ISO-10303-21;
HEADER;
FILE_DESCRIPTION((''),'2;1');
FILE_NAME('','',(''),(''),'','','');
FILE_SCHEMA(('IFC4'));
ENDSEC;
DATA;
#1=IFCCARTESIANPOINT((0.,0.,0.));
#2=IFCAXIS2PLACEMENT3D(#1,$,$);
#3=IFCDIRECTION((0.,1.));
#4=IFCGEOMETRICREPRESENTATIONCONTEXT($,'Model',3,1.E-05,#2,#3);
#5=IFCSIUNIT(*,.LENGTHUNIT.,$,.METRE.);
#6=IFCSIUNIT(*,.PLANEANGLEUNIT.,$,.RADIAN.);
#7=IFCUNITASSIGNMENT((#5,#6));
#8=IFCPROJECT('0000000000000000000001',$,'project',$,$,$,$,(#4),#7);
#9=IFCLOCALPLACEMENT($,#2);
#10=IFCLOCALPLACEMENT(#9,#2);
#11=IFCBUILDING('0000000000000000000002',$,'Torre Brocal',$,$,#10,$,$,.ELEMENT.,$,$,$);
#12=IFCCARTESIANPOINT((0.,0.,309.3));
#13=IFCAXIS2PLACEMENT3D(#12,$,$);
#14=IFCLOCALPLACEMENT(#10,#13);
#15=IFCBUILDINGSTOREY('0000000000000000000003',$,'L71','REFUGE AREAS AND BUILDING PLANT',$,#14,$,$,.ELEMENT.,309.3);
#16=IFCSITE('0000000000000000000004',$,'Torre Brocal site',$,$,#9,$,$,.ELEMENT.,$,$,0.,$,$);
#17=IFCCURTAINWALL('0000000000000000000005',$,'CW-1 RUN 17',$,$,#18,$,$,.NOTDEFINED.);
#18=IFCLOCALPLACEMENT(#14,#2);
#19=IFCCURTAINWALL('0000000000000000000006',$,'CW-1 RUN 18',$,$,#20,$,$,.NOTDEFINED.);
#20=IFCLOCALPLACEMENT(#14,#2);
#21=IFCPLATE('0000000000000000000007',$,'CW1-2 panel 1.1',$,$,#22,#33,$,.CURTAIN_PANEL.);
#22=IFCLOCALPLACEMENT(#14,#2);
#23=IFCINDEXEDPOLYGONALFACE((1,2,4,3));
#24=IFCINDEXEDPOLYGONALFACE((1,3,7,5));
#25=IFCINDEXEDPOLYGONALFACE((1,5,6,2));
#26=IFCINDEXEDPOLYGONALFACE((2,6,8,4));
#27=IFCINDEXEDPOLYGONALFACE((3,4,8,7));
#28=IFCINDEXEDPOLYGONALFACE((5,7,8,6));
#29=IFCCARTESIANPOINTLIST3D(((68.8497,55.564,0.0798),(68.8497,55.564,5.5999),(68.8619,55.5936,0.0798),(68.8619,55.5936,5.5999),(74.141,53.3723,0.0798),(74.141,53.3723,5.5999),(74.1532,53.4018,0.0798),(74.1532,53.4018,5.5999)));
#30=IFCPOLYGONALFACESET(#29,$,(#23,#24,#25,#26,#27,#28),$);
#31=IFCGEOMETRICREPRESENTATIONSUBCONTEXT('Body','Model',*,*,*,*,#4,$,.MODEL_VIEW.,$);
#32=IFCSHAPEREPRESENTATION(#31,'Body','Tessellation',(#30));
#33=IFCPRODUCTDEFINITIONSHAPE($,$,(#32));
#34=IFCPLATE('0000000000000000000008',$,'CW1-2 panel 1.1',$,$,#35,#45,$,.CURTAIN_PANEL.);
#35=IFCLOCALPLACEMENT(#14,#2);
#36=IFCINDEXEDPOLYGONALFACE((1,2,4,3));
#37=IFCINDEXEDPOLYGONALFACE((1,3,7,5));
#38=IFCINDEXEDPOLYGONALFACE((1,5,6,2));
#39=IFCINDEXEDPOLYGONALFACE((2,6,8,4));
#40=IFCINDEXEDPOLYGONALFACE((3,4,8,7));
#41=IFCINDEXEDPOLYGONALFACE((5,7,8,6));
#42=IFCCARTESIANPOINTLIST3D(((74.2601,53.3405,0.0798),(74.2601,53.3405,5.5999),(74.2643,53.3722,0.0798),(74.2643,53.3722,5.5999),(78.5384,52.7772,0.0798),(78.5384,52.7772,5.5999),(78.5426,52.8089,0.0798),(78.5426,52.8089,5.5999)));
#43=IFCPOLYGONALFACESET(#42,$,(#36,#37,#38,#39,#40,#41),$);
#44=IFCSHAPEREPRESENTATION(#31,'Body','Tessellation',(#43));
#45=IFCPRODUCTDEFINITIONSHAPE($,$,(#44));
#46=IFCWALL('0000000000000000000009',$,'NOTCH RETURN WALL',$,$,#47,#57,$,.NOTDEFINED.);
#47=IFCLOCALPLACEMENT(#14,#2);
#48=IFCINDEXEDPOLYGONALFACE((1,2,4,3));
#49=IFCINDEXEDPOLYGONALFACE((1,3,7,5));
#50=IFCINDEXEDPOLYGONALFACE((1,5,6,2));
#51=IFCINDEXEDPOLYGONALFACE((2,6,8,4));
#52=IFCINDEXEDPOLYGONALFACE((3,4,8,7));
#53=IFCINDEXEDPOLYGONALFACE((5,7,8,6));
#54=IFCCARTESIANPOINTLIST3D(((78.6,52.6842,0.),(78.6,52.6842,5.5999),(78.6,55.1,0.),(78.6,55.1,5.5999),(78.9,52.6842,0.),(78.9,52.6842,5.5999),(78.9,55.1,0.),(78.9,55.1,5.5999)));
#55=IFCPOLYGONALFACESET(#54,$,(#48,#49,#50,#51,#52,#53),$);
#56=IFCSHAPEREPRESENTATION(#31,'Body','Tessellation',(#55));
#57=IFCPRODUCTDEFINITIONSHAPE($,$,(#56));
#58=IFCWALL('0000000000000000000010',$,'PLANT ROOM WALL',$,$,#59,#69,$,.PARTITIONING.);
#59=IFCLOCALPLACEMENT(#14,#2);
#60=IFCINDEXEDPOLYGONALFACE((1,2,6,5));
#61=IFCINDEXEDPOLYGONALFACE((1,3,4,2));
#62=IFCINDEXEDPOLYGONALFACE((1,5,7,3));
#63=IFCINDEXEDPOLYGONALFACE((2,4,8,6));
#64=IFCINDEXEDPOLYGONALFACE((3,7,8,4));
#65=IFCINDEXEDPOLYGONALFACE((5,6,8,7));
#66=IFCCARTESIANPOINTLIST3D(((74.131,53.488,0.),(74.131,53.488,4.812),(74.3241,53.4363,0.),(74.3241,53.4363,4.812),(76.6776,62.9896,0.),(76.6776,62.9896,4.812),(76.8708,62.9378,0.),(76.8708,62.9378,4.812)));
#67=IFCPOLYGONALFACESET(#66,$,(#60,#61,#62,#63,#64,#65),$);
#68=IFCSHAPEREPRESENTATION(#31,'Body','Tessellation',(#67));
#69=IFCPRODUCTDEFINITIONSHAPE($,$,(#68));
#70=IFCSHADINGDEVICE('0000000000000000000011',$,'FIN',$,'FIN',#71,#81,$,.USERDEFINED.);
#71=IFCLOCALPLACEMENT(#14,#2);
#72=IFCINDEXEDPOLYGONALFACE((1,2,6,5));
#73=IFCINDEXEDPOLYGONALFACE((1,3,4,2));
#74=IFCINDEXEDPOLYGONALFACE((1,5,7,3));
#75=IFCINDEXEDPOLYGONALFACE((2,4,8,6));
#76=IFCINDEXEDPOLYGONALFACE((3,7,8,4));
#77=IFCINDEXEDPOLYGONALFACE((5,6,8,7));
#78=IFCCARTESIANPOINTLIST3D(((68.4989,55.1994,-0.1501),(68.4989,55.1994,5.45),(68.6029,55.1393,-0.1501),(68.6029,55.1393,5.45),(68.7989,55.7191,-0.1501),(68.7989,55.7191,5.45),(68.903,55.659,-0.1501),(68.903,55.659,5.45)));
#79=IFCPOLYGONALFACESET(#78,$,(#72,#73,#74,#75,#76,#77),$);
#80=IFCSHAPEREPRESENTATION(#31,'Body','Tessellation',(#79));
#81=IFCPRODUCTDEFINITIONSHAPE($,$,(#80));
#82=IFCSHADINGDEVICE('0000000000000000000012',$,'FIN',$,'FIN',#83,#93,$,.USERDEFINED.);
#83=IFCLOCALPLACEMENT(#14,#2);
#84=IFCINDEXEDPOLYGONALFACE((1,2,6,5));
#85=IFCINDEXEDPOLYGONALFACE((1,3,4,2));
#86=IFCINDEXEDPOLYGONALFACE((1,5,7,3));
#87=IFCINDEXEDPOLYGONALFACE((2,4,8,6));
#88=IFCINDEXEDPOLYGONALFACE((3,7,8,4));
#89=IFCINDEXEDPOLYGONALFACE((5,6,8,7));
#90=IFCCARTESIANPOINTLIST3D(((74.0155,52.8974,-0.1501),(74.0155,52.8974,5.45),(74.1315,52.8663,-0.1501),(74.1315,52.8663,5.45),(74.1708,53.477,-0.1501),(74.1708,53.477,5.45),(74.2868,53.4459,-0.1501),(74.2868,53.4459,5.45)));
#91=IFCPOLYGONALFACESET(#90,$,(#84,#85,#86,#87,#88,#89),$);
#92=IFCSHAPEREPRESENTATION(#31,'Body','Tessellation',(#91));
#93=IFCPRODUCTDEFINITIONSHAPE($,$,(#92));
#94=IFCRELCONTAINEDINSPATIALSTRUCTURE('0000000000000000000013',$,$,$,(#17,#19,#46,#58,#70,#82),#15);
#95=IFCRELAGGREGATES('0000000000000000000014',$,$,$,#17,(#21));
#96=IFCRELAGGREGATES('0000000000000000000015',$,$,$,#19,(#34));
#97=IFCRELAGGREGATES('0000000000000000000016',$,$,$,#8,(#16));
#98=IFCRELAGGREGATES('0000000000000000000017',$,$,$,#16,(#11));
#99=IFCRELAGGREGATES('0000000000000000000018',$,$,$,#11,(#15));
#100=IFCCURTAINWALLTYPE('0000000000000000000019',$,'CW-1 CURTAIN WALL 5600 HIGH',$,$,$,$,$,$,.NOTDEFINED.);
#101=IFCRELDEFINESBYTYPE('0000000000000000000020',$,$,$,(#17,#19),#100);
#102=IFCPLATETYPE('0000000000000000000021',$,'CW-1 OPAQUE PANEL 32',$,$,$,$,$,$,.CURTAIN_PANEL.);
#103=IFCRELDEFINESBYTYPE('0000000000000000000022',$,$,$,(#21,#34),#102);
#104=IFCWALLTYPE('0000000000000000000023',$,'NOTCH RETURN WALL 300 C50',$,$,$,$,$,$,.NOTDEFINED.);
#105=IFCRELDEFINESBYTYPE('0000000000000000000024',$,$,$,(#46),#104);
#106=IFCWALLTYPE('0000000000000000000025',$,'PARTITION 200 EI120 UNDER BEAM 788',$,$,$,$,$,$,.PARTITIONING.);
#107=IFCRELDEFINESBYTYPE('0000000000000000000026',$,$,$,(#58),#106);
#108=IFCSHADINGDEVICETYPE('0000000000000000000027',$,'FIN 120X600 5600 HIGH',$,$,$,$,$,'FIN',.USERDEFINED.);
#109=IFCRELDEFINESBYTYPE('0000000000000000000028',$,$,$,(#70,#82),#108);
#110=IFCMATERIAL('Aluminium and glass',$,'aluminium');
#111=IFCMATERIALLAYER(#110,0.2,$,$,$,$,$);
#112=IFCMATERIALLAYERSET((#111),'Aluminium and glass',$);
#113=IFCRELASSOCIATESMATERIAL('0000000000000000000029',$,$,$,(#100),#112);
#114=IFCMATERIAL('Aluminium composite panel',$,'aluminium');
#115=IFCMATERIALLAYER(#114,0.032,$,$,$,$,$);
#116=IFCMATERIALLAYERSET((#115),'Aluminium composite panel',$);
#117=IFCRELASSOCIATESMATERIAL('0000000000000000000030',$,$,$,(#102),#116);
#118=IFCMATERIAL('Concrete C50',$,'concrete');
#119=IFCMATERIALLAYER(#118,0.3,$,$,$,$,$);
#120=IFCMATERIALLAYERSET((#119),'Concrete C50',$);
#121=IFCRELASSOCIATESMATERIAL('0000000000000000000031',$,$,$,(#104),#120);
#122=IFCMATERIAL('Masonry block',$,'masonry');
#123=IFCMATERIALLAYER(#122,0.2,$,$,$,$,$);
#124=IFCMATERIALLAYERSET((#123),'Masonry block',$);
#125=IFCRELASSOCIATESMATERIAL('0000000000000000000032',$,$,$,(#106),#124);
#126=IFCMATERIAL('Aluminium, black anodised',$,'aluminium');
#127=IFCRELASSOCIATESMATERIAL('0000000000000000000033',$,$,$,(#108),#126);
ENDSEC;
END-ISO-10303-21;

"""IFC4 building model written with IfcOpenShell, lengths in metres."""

from ifc_helpers import new_model, si_unit, direction, frame, frame_2d, origin, origin_2d, place, context, subcontext, project, spatial, rectangle, extrude, material, layer, layer_set, material_profile, profile_set, type_object, element, aggregate, save


model = new_model("IFC4")

# Units and contexts
model_context = context("Model", 3, precision=1e-05, world=origin(), true_north=direction((0.0, 1.0)))
body_context = subcontext(model_context, "Body", "Model", "MODEL_VIEW")
ifc_project = project(units=[si_unit("LENGTHUNIT", "METRE"), si_unit("PLANEANGLEUNIT", "RADIAN")], contexts=[model_context])

# Site, building, storey
site_placement = place(None, origin())
site = spatial("IfcSite", under=ifc_project, at=site_placement, Name="Torre Brocal site", CompositionType="ELEMENT", RefElevation=0.0)
building_placement = place(site_placement, origin())
building = spatial("IfcBuilding", under=site, at=building_placement, Name="Torre Brocal", CompositionType="ELEMENT")
storey_placement = place(building_placement, frame((0.0, 0.0, 309.3)))
storey = spatial("IfcBuildingStorey", under=building, at=storey_placement, Name="L71", Description="REFUGE AREAS AND BUILDING PLANT", CompositionType="ELEMENT", Elevation=309.3)

# Shared definitions
ifc_material_1 = material(Name="Aluminium and glass", Category="aluminium")
ifc_layer_1 = layer(ifc_material_1, 0.2)
ifc_layer_set_1 = layer_set([ifc_layer_1], Name="Aluminium and glass")
curtain_wall_type = type_object("IfcCurtainWallType", Name="CW-1 CURTAIN WALL 5600 HIGH", PredefinedType="NOTDEFINED", material=ifc_layer_set_1)

# Curtain walls
curtain_wall_1_placement = place(storey_placement, origin())
curtain_wall_1 = element("IfcCurtainWall", 1, at=curtain_wall_1_placement, inside=storey, type_object=curtain_wall_type, Name="CW-1 RUN 17", PredefinedType="NOTDEFINED")
curtain_wall_2_placement = place(storey_placement, origin())
curtain_wall_2 = element("IfcCurtainWall", 2, at=curtain_wall_2_placement, inside=storey, type_object=curtain_wall_type, Name="CW-1 RUN 18", PredefinedType="NOTDEFINED")

# Plates
ifc_material_2 = material(Name="Aluminium composite panel", Category="aluminium")
ifc_layer_2 = layer(ifc_material_2, 0.032)
ifc_layer_set_2 = layer_set([ifc_layer_2], Name="Aluminium composite panel")
plate_type = type_object("IfcPlateType", Name="CW-1 OPAQUE PANEL 32", PredefinedType="CURTAIN_PANEL", material=ifc_layer_set_2)
plate_1_placement = place(storey_placement, frame((71.5015, 54.4829, 0.0798), z_axis=(0.0, 0.0, 1.0), x_axis=(0.92388, -0.382683, 0.0)))
plate_1 = element("IfcPlate", 3, at=plate_1_placement, type_object=plate_type, Name="CW1-2 panel 1.1", PredefinedType="CURTAIN_PANEL", context=body_context, shape_type="SweptSolid", body=[
    extrude(rectangle(XDim=5.7273, YDim=0.032, at=origin_2d()), origin(), (0.0, 0.0, 1.0), 5.52),
])
aggregate(curtain_wall_1, [plate_1])
plate_2_placement = place(storey_placement, frame((76.4014, 53.0747, 0.0798), z_axis=(0.0, 0.0, 1.0), x_axis=(0.991445, -0.130526, 0.0)))
plate_2 = element("IfcPlate", 4, at=plate_2_placement, type_object=plate_type, Name="CW1-2 panel 1.1", PredefinedType="CURTAIN_PANEL", context=body_context, shape_type="SweptSolid", body=[
    extrude(rectangle(XDim=4.3152, YDim=0.032, at=origin_2d()), origin(), (0.0, 0.0, 1.0), 5.52),
])
aggregate(curtain_wall_2, [plate_2])

# Walls
ifc_material_3 = material(Name="Concrete C50", Category="concrete")
ifc_layer_3 = layer(ifc_material_3, 0.3)
ifc_layer_set_3 = layer_set([ifc_layer_3], Name="Concrete C50")
wall_type_1 = type_object("IfcWallType", Name="NOTCH RETURN WALL 300 C50", PredefinedType="NOTDEFINED", material=ifc_layer_set_3)
wall_1_placement = place(storey_placement, frame((78.75, 55.1001, 0.0), z_axis=(0.0, 0.0, 1.0), x_axis=(0.0, -1.0, 0.0)))
element("IfcWall", 5, at=wall_1_placement, inside=storey, type_object=wall_type_1, Name="NOTCH RETURN WALL", PredefinedType="NOTDEFINED", context=body_context, shape_type="SweptSolid", body=[
    extrude(rectangle(XDim=2.4158, YDim=0.3, at=frame_2d((1.208, 0.0))), origin(), (0.0, 0.0, 1.0), 5.5999),
])
ifc_material_4 = material(Name="Masonry block", Category="masonry")
ifc_layer_4 = layer(ifc_material_4, 0.2)
ifc_layer_set_4 = layer_set([ifc_layer_4], Name="Masonry block")
wall_type_2 = type_object("IfcWallType", Name="PARTITION 200 EI120 UNDER BEAM 788", PredefinedType="PARTITIONING", material=ifc_layer_set_4)
wall_2_placement = place(storey_placement, frame((74.2275, 53.4622, 0.0), z_axis=(0.0, 0.0, 1.0), x_axis=(0.258887, 0.965907, 0.0)))
element("IfcWall", 6, at=wall_2_placement, inside=storey, type_object=wall_type_2, Name="PLANT ROOM WALL", PredefinedType="PARTITIONING", context=body_context, shape_type="SweptSolid", body=[
    extrude(rectangle(XDim=9.8369, YDim=0.2, at=frame_2d((4.9185, 0.0))), origin(), (0.0, 0.0, 1.0), 4.812),
])

# Shading devices
ifc_material_5 = material(Name="Aluminium, black anodised", Category="aluminium")
ifc_material_profile_1 = material_profile(ifc_material_5, rectangle(XDim=0.1201, YDim=0.6001, at=origin_2d()), Name="FIN 120X600 5600 HIGH")
ifc_profile_set_1 = profile_set([ifc_material_profile_1], Name="Aluminium, black anodised")
shading_device_type = type_object("IfcShadingDeviceType", Name="FIN 120X600 5600 HIGH", ElementType="FIN", PredefinedType="USERDEFINED", material=ifc_profile_set_1)
for number, where, z_axis, x_axis, name in (
    (7, (68.7009, 55.4292, -0.1501), (0.0, 0.0, 1.0), (0.866025, -0.5, 0.0), "FIN"),
    (8, (74.1511, 53.1716, -0.1501), (0.0, 0.0, 1.0), (0.965926, -0.258819, 0.0), "FIN"),
):
    element("IfcShadingDevice", number, at=place(storey_placement, frame(where, z_axis=z_axis, x_axis=x_axis)), inside=storey, type_object=shading_device_type, Name=name, ObjectType="FIN", PredefinedType="USERDEFINED", context=body_context, shape_type="SweptSolid", body=[
        extrude(rectangle(XDim=0.1201, YDim=0.6001, at=origin_2d()), origin(), (0.0, 0.0, 1.0), 5.6001),
    ])

save(model, "model.ifc")
